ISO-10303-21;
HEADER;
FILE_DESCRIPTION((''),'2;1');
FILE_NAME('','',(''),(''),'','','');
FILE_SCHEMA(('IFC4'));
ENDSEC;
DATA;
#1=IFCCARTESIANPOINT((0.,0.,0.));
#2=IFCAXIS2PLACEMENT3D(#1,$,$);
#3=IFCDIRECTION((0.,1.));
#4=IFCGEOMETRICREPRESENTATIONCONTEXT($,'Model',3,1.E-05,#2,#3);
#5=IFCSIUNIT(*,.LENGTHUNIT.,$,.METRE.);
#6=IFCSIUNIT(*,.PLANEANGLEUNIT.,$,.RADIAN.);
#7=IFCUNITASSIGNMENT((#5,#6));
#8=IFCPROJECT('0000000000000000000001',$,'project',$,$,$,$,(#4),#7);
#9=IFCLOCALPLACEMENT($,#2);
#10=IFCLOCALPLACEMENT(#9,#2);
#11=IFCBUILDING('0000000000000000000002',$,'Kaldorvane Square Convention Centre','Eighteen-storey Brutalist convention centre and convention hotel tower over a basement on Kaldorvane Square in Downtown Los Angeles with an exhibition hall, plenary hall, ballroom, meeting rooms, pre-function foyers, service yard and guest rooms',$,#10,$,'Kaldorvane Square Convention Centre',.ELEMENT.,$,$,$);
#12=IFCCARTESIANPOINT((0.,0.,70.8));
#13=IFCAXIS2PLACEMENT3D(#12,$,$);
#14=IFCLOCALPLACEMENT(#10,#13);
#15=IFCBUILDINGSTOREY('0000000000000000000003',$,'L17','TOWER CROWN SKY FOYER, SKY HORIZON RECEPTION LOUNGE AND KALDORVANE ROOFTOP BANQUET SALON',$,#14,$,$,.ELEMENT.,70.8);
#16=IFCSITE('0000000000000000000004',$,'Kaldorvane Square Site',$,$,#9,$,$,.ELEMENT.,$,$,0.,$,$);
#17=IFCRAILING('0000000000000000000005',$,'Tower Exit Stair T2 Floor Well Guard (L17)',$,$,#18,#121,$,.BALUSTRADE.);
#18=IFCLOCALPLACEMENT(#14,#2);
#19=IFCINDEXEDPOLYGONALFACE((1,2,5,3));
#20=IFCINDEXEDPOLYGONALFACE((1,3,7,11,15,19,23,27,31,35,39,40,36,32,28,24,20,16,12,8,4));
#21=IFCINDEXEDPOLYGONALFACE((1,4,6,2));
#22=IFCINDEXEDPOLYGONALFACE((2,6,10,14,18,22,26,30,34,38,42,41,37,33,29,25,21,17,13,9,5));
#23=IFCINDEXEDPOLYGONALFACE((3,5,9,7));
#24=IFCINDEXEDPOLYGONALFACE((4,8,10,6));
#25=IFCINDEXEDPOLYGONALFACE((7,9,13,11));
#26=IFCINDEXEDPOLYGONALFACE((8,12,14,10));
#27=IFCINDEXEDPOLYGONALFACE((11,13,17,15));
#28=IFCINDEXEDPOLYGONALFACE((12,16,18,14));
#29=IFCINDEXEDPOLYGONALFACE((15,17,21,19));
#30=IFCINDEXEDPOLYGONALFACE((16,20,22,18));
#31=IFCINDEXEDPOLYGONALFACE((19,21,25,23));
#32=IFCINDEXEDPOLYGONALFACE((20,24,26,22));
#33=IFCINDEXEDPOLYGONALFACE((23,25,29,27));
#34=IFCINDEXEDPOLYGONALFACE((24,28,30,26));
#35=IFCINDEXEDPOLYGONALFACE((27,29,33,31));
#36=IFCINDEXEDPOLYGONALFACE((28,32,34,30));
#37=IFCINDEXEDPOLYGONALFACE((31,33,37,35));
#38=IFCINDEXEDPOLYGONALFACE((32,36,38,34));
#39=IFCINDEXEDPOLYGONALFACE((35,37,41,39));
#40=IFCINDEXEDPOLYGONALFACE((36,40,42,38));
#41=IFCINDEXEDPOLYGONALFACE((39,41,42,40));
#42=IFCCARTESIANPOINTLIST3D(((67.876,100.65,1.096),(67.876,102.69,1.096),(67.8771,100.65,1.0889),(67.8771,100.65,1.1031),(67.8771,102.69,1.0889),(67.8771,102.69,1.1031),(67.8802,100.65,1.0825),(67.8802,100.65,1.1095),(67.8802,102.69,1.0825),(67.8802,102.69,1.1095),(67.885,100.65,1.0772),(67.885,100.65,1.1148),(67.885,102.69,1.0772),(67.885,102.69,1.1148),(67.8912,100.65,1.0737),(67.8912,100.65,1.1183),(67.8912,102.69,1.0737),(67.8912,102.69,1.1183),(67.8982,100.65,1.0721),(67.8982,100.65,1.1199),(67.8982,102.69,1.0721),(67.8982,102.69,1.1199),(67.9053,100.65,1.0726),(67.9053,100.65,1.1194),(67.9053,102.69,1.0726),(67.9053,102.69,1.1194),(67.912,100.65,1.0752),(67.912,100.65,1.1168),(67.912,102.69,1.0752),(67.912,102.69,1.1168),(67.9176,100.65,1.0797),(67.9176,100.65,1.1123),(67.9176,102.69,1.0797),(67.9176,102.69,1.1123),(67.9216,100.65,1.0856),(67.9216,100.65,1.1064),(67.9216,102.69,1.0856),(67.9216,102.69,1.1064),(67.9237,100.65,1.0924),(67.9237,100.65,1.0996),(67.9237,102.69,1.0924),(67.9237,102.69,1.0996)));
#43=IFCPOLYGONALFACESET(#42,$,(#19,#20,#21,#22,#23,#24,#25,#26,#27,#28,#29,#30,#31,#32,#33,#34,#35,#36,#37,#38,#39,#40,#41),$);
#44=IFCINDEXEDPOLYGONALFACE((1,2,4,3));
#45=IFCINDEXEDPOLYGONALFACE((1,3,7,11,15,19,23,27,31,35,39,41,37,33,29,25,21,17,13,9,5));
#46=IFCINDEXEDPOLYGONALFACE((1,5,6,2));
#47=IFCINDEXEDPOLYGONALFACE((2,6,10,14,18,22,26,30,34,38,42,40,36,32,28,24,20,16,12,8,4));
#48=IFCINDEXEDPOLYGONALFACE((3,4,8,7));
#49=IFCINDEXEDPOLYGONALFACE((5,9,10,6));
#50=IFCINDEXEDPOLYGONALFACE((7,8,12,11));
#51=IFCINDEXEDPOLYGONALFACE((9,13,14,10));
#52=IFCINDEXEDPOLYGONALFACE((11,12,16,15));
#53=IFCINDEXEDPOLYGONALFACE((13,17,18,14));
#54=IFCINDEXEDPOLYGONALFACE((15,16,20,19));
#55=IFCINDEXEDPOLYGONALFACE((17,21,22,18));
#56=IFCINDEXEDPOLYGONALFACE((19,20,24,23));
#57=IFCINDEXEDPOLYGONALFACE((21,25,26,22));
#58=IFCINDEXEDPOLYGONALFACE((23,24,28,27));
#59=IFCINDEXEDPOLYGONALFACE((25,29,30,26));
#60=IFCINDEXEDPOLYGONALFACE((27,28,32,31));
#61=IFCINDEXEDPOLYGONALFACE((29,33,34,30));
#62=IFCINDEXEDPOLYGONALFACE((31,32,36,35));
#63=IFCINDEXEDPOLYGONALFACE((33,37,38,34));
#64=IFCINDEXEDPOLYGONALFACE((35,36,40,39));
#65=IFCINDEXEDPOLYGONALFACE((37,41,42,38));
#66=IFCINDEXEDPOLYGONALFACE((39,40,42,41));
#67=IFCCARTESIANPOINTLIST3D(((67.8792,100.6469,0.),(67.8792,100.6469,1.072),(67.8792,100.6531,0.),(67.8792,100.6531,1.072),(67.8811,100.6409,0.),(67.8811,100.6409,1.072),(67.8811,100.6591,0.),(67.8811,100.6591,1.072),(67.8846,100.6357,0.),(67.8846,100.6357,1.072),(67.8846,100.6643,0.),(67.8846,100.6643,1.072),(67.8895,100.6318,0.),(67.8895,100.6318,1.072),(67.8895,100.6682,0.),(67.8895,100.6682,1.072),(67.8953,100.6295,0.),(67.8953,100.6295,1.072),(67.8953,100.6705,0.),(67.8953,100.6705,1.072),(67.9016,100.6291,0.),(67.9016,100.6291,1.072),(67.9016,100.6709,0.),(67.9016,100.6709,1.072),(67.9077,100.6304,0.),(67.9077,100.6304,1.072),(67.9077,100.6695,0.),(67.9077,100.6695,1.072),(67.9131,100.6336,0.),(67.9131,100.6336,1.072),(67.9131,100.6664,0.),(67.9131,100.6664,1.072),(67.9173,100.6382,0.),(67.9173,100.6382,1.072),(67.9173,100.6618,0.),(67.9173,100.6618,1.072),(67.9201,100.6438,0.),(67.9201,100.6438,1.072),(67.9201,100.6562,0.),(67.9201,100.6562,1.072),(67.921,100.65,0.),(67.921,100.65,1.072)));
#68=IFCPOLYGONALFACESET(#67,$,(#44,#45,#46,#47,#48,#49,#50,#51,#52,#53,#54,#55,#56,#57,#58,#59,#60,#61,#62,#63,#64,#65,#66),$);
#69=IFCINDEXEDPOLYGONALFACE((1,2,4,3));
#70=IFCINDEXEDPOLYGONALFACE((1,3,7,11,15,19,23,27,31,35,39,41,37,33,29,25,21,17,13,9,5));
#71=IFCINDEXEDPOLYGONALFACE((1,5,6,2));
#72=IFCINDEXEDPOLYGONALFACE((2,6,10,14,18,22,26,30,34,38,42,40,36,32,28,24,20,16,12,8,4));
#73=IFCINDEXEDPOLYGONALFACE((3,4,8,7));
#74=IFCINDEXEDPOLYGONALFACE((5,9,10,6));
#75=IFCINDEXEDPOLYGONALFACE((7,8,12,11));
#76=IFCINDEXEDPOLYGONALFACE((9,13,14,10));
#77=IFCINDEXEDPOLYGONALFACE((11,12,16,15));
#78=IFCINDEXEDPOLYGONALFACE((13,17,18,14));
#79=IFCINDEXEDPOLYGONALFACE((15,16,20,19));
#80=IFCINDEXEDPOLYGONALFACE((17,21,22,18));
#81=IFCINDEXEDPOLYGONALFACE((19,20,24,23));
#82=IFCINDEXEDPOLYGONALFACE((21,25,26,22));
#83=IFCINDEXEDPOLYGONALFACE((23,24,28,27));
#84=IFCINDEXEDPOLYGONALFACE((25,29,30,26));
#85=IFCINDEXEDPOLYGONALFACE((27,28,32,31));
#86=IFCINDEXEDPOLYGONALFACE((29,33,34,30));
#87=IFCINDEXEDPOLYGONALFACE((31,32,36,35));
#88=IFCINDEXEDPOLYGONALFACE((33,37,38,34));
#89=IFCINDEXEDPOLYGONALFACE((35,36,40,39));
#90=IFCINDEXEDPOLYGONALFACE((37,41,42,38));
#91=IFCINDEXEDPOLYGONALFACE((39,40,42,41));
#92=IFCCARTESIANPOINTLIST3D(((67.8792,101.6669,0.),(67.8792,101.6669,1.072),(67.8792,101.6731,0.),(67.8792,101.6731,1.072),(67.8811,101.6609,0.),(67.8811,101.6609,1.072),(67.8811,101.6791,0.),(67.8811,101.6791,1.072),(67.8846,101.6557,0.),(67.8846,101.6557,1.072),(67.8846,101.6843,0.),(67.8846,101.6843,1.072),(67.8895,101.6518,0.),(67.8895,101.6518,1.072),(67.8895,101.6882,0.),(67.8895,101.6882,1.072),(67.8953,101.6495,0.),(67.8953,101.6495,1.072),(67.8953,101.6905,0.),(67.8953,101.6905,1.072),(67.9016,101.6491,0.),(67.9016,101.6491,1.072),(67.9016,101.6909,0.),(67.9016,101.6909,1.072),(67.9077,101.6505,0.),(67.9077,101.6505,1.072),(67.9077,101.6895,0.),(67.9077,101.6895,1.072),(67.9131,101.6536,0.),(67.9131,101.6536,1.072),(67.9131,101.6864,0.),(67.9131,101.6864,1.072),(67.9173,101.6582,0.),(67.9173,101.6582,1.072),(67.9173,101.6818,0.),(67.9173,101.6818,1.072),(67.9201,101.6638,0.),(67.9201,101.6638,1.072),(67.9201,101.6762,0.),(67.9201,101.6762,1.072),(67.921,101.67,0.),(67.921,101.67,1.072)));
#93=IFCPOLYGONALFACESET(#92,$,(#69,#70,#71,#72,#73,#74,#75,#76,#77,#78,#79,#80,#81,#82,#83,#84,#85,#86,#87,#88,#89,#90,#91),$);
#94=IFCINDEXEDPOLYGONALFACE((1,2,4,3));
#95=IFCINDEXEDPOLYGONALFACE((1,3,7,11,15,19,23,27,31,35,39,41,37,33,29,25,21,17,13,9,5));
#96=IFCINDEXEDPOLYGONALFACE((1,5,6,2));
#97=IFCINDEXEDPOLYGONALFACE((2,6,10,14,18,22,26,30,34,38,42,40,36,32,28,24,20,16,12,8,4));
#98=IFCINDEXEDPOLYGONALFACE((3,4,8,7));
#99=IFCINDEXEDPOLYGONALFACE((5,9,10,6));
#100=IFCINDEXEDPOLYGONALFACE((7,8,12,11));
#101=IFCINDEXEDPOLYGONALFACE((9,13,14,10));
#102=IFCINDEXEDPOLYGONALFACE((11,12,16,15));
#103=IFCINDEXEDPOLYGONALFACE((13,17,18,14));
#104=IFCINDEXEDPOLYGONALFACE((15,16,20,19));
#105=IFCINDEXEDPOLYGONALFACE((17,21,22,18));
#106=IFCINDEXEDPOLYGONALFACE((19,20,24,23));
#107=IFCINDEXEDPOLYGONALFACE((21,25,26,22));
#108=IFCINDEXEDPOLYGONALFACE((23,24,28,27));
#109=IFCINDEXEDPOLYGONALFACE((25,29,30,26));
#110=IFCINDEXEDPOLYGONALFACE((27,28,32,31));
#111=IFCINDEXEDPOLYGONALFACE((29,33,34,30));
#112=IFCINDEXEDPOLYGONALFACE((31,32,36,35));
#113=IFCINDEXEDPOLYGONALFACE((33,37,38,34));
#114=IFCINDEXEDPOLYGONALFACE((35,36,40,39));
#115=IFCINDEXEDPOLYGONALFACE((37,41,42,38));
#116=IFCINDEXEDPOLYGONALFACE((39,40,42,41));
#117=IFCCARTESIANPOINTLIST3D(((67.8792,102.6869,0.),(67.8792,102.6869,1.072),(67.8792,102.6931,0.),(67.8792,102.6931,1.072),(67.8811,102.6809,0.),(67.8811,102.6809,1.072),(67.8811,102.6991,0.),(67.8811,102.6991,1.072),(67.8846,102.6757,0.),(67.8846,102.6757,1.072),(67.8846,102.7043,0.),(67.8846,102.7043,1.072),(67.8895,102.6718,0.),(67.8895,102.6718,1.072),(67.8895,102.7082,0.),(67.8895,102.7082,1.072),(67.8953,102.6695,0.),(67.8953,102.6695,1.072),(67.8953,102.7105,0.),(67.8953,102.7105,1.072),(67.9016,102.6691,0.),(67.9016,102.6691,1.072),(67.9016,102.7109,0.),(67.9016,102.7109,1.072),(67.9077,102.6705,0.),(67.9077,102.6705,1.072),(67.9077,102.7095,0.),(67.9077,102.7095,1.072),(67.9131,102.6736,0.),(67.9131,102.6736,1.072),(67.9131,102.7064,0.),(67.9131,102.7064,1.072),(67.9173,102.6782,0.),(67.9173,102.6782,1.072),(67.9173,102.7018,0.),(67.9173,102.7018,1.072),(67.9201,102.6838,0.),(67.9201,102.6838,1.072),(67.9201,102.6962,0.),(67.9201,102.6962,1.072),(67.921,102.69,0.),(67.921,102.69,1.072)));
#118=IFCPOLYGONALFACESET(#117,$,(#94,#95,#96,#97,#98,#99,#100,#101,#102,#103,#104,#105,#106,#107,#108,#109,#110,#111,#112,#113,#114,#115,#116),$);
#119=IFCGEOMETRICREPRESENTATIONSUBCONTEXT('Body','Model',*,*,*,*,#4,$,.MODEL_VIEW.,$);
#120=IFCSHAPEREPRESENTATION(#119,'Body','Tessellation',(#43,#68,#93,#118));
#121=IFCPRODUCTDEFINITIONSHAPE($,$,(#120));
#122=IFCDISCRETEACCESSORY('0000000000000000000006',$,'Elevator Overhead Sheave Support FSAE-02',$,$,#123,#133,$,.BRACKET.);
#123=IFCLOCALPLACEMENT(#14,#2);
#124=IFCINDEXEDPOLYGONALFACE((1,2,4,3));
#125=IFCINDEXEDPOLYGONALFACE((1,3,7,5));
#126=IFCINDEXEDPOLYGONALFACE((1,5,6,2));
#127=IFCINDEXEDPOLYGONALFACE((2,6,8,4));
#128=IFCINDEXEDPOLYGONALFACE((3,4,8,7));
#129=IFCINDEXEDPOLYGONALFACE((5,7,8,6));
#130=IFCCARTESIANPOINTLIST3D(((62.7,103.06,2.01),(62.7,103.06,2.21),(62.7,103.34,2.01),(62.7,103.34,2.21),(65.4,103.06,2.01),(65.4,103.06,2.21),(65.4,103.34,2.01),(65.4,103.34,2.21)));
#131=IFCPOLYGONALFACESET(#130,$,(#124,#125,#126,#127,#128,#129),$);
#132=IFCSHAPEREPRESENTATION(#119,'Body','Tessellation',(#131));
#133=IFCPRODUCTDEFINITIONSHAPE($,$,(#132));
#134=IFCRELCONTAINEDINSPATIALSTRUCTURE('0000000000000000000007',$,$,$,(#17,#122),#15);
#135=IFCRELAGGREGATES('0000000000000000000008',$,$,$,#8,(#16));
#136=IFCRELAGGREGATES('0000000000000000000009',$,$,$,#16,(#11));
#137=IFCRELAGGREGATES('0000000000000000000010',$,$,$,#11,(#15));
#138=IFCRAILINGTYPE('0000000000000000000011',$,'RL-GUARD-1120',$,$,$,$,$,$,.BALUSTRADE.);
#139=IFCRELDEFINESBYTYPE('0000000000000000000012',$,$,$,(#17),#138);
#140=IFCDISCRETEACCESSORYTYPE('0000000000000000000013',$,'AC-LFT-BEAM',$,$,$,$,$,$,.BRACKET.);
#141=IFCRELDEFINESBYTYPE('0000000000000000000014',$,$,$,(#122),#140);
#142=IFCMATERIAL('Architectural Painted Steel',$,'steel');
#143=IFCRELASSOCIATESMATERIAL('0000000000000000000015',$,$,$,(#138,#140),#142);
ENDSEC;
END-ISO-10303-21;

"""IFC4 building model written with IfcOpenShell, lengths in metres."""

from ifc_helpers import new_model, si_unit, direction, frame, origin, origin_2d, place, context, subcontext, project, spatial, rectangle, circle, extrude, material, type_object, element, save


model = new_model("IFC4")

# Units and contexts
model_context = context("Model", 3, precision=1e-05, world=origin(), true_north=direction((0.0, 1.0)))
body_context = subcontext(model_context, "Body", "Model", "MODEL_VIEW")
ifc_project = project(units=[si_unit("LENGTHUNIT", "METRE"), si_unit("PLANEANGLEUNIT", "RADIAN")], contexts=[model_context])

# Site, building, storey
site_placement = place(None, origin())
site = spatial("IfcSite", under=ifc_project, at=site_placement, Name="Kaldorvane Square Site", CompositionType="ELEMENT", RefElevation=0.0)
building_placement = place(site_placement, origin())
building = spatial("IfcBuilding", under=site, at=building_placement, Name="Kaldorvane Square Convention Centre", Description="Eighteen-storey Brutalist convention centre and convention hotel tower over a basement on Kaldorvane Square in Downtown Los Angeles with an exhibition hall, plenary hall, ballroom, meeting rooms, pre-function foyers, service yard and guest rooms", LongName="Kaldorvane Square Convention Centre", CompositionType="ELEMENT")
storey_placement = place(building_placement, frame((0.0, 0.0, 70.8)))
storey = spatial("IfcBuildingStorey", under=building, at=storey_placement, Name="L17", Description="TOWER CROWN SKY FOYER, SKY HORIZON RECEPTION LOUNGE AND KALDORVANE ROOFTOP BANQUET SALON", CompositionType="ELEMENT", Elevation=70.8)

# Railing
ifc_material_1 = material(Name="Architectural Painted Steel", Category="steel")
railing_type = type_object("IfcRailingType", Name="RL-GUARD-1120", PredefinedType="BALUSTRADE", material=ifc_material_1)
railing_placement = place(storey_placement, frame((67.9, 100.65, 0.0)))
element("IfcRailing", 1, at=railing_placement, inside=storey, type_object=railing_type, Name="Tower Exit Stair T2 Floor Well Guard (L17)", PredefinedType="BALUSTRADE", context=body_context, shape_type="SweptSolid", body=[
    extrude(circle(Radius=0.024, at=origin_2d()), frame((0.0, 0.0, 1.096), z_axis=(0.0, 1.0, 0.0), x_axis=(-1.0, 0.0, 0.0)), (0.0, 0.0, 1.0), 2.04),
    extrude(circle(Radius=0.021, at=origin_2d()), origin(), (0.0, 0.0, 1.0), 1.072),
    extrude(circle(Radius=0.021, at=origin_2d()), frame((0.0, 1.02, 0.0)), (0.0, 0.0, 1.0), 1.072),
    extrude(circle(Radius=0.021, at=origin_2d()), frame((0.0, 2.04, 0.0)), (0.0, 0.0, 1.0), 1.072),
])

# Discrete accessory
discrete_accessory_type = type_object("IfcDiscreteAccessoryType", Name="AC-LFT-BEAM", PredefinedType="BRACKET", material=ifc_material_1)
discrete_accessory_placement = place(storey_placement, frame((64.05, 103.2, 2.01), z_axis=(0.0, 0.0, 1.0), x_axis=(1.0, 0.0, 0.0)))
element("IfcDiscreteAccessory", 2, at=discrete_accessory_placement, inside=storey, type_object=discrete_accessory_type, Name="Elevator Overhead Sheave Support FSAE-02", PredefinedType="BRACKET", context=body_context, shape_type="SweptSolid", body=[
    extrude(rectangle(XDim=2.7, YDim=0.28, at=origin_2d()), origin(), (0.0, 0.0, 1.0), 0.2),
])

save(model, "model.ifc")
